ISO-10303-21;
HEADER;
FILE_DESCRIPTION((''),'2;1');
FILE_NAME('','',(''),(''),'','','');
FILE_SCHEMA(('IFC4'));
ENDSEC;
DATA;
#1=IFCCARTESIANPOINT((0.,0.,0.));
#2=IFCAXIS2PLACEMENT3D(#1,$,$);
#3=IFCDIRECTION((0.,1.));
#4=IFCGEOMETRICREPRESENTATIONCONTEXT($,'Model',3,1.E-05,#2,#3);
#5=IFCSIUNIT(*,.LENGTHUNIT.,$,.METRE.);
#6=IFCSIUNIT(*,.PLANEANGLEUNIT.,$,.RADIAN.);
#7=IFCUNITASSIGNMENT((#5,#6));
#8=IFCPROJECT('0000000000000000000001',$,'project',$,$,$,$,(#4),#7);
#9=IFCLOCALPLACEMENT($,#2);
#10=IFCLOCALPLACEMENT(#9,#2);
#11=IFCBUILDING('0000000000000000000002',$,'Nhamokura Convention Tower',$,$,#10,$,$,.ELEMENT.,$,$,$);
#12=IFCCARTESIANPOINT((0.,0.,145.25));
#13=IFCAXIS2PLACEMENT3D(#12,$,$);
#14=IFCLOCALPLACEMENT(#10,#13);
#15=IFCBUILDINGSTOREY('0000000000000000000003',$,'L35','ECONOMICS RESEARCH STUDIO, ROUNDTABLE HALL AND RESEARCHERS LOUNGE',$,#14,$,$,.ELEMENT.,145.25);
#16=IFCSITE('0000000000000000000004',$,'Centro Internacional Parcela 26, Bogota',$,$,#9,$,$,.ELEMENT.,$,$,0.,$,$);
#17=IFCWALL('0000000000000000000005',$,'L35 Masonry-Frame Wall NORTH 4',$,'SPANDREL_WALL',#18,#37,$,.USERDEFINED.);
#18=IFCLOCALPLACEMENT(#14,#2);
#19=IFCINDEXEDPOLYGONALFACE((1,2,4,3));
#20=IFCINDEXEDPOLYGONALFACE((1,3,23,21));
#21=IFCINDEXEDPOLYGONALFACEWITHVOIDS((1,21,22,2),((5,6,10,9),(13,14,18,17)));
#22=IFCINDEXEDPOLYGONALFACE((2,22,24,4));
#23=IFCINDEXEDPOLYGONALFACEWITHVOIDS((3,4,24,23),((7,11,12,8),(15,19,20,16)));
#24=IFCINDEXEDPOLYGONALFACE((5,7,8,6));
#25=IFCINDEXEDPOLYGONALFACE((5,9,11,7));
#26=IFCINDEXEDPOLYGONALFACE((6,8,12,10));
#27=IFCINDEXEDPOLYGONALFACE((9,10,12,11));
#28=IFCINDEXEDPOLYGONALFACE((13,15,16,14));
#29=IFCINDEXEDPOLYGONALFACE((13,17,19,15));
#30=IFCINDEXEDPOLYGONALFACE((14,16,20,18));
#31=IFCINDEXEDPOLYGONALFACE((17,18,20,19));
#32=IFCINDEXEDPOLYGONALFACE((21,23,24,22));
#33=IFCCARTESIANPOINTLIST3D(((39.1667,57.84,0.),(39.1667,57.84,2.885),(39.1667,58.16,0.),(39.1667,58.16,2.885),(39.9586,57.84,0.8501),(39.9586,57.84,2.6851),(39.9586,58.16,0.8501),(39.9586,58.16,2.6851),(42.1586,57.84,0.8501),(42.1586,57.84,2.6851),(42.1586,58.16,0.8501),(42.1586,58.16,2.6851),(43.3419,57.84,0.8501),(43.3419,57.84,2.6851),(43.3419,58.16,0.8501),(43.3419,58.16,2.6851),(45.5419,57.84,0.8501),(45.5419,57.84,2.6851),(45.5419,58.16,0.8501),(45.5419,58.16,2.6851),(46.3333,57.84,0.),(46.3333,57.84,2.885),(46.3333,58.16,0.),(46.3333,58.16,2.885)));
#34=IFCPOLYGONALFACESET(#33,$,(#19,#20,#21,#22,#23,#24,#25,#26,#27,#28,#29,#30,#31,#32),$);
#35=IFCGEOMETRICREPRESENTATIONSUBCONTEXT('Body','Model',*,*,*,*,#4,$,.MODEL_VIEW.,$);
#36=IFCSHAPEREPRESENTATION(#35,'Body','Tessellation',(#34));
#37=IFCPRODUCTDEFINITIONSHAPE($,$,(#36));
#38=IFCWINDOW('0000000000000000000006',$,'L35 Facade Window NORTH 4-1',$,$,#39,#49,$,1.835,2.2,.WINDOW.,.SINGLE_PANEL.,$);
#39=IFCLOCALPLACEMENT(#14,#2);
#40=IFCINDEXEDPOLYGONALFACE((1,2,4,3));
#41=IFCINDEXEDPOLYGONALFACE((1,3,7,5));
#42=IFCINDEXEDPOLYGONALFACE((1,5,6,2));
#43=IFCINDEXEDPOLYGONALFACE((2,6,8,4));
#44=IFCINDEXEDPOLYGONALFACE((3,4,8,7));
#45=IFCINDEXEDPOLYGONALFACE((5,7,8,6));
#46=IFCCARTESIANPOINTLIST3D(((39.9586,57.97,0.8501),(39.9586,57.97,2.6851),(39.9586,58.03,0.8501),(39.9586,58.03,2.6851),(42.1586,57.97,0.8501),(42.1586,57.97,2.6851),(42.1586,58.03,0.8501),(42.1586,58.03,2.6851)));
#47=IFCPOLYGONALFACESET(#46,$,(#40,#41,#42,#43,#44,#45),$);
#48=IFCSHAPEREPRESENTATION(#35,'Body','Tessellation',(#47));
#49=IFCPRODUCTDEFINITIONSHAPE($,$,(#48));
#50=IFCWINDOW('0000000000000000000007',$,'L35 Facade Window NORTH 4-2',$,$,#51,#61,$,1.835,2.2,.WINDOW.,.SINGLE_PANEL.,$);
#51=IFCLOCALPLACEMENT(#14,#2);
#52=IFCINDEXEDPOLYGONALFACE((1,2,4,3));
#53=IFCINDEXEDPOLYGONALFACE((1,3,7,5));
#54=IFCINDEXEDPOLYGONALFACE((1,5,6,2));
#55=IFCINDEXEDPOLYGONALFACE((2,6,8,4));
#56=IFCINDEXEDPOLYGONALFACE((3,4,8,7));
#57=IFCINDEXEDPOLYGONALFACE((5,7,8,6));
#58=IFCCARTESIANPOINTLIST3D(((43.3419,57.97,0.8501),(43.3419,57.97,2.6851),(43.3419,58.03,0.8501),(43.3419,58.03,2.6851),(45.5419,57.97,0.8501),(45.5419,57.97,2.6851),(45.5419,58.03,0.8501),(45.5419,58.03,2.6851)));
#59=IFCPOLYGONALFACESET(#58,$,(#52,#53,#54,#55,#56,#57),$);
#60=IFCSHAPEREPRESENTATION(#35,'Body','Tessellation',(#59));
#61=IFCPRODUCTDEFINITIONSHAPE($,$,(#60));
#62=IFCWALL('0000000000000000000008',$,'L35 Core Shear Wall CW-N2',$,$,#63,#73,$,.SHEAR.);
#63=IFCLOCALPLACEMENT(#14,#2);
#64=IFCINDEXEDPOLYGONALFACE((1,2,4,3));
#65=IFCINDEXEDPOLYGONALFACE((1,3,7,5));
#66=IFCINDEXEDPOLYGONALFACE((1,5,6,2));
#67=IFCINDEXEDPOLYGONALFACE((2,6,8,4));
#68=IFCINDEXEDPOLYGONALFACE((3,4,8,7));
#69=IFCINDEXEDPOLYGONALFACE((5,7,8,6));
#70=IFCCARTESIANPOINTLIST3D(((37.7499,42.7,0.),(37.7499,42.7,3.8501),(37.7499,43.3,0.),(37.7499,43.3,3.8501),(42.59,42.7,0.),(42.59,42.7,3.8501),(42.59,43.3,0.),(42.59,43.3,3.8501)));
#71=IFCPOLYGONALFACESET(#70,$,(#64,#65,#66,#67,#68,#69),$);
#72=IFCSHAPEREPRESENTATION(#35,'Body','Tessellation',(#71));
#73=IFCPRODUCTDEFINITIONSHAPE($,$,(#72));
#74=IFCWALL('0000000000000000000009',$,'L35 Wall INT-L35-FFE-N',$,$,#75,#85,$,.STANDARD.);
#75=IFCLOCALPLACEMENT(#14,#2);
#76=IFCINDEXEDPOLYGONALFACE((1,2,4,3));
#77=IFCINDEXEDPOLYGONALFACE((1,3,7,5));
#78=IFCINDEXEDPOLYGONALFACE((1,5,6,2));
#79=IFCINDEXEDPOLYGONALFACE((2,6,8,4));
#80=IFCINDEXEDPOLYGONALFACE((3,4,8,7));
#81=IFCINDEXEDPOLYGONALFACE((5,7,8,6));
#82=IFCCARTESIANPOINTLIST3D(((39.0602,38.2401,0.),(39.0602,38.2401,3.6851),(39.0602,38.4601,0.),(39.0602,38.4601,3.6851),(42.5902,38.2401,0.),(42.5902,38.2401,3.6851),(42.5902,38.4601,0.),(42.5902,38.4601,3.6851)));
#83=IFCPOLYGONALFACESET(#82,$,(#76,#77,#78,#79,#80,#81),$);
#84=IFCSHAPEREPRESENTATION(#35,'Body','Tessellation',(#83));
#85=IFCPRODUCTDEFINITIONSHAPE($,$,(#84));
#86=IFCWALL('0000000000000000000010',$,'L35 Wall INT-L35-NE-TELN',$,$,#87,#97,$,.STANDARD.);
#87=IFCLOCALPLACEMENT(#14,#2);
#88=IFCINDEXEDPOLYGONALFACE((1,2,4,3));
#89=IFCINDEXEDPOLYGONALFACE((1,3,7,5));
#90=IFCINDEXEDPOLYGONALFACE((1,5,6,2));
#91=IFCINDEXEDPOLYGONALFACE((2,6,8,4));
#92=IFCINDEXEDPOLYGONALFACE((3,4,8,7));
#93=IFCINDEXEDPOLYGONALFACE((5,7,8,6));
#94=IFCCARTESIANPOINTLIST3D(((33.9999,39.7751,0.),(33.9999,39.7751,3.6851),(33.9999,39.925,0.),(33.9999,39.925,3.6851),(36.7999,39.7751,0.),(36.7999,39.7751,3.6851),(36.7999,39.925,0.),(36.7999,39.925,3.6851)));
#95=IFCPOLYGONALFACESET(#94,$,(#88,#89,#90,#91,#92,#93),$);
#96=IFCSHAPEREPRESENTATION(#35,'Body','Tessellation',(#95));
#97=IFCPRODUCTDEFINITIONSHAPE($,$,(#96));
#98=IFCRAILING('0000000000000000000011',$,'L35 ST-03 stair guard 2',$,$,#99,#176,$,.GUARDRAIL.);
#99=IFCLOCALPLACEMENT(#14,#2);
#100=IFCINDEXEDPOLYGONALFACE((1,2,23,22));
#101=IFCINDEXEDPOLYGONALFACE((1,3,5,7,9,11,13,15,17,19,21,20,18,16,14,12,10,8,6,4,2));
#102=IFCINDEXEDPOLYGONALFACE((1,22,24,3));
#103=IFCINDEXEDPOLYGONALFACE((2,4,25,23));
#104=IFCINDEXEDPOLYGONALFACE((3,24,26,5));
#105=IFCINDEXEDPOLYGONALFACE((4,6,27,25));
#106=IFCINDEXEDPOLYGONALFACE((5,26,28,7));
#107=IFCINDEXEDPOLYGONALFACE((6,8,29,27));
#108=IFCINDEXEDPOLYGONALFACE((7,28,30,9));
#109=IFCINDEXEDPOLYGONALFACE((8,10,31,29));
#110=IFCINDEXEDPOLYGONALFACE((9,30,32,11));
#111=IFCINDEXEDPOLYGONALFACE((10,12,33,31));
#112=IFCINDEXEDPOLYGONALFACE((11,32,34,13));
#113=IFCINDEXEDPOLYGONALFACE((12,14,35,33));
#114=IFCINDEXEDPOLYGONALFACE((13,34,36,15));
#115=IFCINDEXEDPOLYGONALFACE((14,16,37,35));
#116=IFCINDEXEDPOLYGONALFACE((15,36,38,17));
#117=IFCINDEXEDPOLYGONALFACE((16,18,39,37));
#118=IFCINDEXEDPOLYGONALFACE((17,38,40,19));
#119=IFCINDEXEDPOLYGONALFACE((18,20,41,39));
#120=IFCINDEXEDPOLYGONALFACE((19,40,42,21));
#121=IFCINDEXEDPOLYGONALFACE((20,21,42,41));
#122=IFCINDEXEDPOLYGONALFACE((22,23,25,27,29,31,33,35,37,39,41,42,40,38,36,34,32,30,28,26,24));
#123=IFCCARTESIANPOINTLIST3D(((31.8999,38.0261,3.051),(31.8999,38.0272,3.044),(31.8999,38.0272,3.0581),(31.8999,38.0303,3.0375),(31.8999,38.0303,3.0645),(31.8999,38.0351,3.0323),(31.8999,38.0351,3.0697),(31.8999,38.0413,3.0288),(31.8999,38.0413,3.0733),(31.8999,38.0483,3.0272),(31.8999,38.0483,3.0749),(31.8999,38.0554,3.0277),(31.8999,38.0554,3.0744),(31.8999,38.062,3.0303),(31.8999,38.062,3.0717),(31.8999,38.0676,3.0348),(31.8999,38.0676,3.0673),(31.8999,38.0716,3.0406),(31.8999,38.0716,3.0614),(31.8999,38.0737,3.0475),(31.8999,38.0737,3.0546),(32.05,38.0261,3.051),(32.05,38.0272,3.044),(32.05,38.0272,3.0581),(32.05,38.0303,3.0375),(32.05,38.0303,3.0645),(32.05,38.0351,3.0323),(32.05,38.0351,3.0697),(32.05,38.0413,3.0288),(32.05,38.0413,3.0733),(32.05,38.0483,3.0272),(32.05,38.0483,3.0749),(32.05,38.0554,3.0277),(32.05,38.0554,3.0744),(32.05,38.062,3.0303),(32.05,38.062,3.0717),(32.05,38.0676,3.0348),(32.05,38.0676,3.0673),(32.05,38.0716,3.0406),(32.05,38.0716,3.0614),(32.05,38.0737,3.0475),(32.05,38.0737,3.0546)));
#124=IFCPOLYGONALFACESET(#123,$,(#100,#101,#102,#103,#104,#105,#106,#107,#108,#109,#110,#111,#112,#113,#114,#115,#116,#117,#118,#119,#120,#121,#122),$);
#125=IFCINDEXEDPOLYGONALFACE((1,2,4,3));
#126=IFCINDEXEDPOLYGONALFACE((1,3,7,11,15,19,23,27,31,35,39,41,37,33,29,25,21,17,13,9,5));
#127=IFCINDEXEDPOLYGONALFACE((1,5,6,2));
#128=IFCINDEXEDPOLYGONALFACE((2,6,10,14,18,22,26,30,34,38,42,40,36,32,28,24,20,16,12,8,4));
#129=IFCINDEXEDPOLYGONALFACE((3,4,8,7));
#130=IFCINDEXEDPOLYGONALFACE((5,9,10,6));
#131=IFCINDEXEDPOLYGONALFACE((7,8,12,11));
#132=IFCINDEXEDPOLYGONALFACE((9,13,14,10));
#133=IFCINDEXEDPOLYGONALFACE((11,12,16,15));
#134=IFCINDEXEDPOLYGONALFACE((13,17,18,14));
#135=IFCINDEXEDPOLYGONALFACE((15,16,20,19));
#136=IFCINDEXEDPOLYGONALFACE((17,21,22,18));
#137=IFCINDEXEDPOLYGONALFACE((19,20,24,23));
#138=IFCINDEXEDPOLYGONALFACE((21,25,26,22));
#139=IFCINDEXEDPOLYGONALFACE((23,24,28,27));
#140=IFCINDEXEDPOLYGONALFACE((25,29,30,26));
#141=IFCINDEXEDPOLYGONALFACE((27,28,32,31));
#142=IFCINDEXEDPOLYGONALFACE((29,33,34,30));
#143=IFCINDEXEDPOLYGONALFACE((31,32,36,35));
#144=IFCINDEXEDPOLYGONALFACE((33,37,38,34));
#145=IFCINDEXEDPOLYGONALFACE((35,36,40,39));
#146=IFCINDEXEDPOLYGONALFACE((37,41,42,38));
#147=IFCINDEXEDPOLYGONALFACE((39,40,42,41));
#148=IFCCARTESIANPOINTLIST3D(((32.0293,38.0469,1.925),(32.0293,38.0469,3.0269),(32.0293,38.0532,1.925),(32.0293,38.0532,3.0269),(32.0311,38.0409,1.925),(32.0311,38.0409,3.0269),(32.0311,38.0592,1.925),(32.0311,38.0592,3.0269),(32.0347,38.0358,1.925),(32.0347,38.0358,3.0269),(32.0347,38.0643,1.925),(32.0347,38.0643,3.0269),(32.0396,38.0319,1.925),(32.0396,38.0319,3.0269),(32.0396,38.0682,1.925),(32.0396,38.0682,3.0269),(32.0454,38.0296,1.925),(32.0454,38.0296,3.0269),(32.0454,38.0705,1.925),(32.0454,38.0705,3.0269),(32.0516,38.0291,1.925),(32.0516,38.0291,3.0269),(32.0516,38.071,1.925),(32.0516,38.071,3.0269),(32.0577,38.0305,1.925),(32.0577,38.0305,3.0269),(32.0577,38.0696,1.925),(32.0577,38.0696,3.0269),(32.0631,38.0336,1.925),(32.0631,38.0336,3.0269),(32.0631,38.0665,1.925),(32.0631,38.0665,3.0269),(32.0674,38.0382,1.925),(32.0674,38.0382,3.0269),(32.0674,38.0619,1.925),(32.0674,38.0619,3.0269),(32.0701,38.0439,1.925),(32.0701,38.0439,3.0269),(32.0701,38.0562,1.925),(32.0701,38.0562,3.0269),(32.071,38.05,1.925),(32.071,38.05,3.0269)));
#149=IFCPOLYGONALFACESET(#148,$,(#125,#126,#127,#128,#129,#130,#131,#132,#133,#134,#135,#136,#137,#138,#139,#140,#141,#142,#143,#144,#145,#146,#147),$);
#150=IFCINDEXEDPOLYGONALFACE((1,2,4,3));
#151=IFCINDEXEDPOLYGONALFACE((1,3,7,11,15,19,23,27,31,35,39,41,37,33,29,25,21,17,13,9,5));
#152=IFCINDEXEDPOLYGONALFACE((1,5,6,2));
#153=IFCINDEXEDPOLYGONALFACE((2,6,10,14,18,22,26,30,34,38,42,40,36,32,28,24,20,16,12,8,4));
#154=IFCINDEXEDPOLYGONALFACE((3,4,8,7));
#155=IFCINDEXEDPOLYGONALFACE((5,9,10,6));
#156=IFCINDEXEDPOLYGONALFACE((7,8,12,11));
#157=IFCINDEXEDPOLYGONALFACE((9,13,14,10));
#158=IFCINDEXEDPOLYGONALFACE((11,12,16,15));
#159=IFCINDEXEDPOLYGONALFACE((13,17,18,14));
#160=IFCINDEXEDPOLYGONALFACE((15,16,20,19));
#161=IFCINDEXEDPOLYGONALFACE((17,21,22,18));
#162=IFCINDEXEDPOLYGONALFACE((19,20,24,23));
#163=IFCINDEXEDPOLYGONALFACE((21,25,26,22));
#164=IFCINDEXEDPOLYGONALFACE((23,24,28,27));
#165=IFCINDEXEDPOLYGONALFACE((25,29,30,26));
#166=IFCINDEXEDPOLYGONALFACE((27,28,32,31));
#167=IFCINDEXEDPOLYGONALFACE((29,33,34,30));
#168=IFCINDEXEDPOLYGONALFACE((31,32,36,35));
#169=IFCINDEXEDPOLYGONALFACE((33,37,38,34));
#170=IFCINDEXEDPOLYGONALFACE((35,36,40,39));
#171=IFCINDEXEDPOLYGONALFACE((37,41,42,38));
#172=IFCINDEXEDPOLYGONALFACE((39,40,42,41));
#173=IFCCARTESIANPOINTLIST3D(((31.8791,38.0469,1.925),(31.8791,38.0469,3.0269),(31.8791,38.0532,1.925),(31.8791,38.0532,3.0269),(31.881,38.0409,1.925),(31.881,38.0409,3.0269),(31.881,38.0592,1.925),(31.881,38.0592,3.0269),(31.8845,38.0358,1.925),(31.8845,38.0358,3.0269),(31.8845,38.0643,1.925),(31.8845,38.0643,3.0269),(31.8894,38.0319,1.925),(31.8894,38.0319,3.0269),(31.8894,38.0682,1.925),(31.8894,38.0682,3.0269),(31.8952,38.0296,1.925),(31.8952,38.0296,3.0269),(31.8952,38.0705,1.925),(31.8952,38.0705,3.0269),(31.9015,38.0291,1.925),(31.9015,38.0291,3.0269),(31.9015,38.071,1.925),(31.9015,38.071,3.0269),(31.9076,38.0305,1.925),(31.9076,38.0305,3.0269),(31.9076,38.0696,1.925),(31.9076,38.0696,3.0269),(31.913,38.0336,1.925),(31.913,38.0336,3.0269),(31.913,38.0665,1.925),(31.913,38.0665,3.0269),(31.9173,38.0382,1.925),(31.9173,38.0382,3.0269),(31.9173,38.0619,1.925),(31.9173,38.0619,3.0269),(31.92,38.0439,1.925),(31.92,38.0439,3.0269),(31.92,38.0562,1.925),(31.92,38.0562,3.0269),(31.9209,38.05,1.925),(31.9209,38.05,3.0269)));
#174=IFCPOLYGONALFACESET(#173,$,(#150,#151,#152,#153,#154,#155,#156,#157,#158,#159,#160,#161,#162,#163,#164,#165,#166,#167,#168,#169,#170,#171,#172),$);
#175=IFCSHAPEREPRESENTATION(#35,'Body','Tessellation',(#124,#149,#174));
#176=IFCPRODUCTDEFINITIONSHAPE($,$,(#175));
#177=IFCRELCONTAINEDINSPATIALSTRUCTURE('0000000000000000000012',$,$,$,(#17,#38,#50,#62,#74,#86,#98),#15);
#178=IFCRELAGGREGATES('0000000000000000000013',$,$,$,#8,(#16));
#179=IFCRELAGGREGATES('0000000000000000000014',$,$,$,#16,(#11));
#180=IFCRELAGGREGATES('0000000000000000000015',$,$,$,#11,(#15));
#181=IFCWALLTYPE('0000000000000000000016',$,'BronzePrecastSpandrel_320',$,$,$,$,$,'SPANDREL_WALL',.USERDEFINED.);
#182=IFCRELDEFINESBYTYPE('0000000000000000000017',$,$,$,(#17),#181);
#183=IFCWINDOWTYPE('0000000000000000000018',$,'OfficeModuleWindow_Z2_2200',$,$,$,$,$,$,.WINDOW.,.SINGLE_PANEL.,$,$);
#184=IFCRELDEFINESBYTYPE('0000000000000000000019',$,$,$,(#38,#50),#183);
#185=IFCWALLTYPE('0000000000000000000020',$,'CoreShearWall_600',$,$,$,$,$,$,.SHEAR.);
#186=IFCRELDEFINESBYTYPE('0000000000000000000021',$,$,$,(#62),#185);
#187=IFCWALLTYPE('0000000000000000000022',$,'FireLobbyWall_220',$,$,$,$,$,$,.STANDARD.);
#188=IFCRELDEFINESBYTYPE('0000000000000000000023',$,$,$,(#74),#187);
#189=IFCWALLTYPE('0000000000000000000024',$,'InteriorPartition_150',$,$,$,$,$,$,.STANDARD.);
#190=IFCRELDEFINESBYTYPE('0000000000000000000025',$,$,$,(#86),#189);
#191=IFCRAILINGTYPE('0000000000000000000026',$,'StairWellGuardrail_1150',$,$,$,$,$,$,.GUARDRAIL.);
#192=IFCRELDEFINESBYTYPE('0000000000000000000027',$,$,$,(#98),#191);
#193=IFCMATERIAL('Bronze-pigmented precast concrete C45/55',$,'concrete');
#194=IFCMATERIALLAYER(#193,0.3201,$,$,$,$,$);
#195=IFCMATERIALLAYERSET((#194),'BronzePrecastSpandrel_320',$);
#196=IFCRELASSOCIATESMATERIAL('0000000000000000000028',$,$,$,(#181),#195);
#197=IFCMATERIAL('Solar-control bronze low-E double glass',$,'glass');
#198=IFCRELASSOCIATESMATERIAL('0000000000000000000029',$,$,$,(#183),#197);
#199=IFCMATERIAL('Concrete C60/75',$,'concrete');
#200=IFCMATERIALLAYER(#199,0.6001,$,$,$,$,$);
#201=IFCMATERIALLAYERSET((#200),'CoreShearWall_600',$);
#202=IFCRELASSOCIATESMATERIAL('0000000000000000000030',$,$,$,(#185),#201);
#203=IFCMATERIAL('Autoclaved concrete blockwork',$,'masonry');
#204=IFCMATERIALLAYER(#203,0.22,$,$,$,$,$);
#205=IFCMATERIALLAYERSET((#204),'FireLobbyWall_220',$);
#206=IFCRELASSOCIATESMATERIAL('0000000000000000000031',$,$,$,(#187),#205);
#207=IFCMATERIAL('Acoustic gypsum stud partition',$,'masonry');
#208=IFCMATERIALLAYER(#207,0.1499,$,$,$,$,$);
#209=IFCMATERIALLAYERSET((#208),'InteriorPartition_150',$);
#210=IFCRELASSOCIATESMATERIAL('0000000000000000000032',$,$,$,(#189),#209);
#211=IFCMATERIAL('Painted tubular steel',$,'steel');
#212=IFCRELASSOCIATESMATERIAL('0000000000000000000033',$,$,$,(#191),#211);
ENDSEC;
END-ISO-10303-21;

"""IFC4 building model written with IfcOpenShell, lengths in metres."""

from ifc_helpers import new_model, si_unit, direction, frame, frame_2d, origin, origin_2d, place, context, subcontext, project, spatial, rectangle, circle, extrude, material, layer, layer_set, type_object, element, fill, save


model = new_model("IFC4")

# Units and contexts
model_context = context("Model", 3, precision=1e-05, world=origin(), true_north=direction((0.0, 1.0)))
body_context = subcontext(model_context, "Body", "Model", "MODEL_VIEW")
ifc_project = project(units=[si_unit("LENGTHUNIT", "METRE"), si_unit("PLANEANGLEUNIT", "RADIAN")], contexts=[model_context])

# Site, building, storey
site_placement = place(None, origin())
site = spatial("IfcSite", under=ifc_project, at=site_placement, Name="Centro Internacional Parcela 26, Bogota", CompositionType="ELEMENT", RefElevation=0.0)
building_placement = place(site_placement, origin())
building = spatial("IfcBuilding", under=site, at=building_placement, Name="Nhamokura Convention Tower", CompositionType="ELEMENT")
storey_placement = place(building_placement, frame((0.0, 0.0, 145.25)))
storey = spatial("IfcBuildingStorey", under=building, at=storey_placement, Name="L35", Description="ECONOMICS RESEARCH STUDIO, ROUNDTABLE HALL AND RESEARCHERS LOUNGE", CompositionType="ELEMENT", Elevation=145.25)

# Shared definitions
ifc_material_1 = material(Name="Bronze-pigmented precast concrete C45/55", Category="concrete")
ifc_layer_1 = layer(ifc_material_1, 0.3201)
ifc_layer_set_1 = layer_set([ifc_layer_1], Name="BronzePrecastSpandrel_320")
wall_type_1 = type_object("IfcWallType", Name="BronzePrecastSpandrel_320", ElementType="SPANDREL_WALL", PredefinedType="USERDEFINED", material=ifc_layer_set_1)

# Wall, openings, windows
wall_1_placement = place(storey_placement, frame((39.1667, 58.0, 0.0), z_axis=(0.0, 0.0, 1.0), x_axis=(1.0, 0.0, 0.0)))
wall_1 = element("IfcWall", 1, at=wall_1_placement, inside=storey, type_object=wall_type_1, Name="L35 Masonry-Frame Wall NORTH 4", ObjectType="SPANDREL_WALL", PredefinedType="USERDEFINED", context=body_context, shape_type="SweptSolid", body=[
    extrude(rectangle(XDim=7.1665, YDim=0.3201, at=frame_2d((3.5833, 0.0))), origin(), (0.0, 0.0, 1.0), 2.885),
])
opening_1_placement = place(wall_1_placement, frame((0.7917, 0.0, 0.8501)))
opening_1 = element("IfcOpeningElement", 2, at=opening_1_placement, cuts=wall_1, PredefinedType="OPENING", context=body_context, shape_type="SweptSolid", body=[
    extrude(rectangle(XDim=2.2, YDim=1.835, at=frame_2d((1.1001, 0.9175))), frame((0.0, 0.1699, 0.0), z_axis=(0.0, -1.0, 0.0), x_axis=(1.0, 0.0, 0.0)), (0.0, 0.0, 1.0), 0.3401),
])
opening_2_placement = place(wall_1_placement, frame((4.175, 0.0, 0.8501)))
opening_2 = element("IfcOpeningElement", 3, at=opening_2_placement, cuts=wall_1, PredefinedType="OPENING", context=body_context, shape_type="SweptSolid", body=[
    extrude(rectangle(XDim=2.2, YDim=1.835, at=frame_2d((1.1001, 0.9175))), frame((0.0, 0.1699, 0.0), z_axis=(0.0, -1.0, 0.0), x_axis=(1.0, 0.0, 0.0)), (0.0, 0.0, 1.0), 0.3401),
])
ifc_material_2 = material(Name="Solar-control bronze low-E double glass", Category="glass")
window_type_1 = type_object("IfcWindowType", Name="OfficeModuleWindow_Z2_2200", PartitioningType="SINGLE_PANEL", PredefinedType="WINDOW", material=ifc_material_2)
window_1_placement = place(opening_1_placement, origin())
window_1 = element("IfcWindow", 4, at=window_1_placement, inside=storey, type_object=window_type_1, Name="L35 Facade Window NORTH 4-1", OverallHeight=1.835, OverallWidth=2.2, PartitioningType="SINGLE_PANEL", PredefinedType="WINDOW", context=body_context, shape_type="SweptSolid", body=[
    extrude(rectangle(XDim=2.2, YDim=1.835, at=frame_2d((1.1001, 0.9175))), frame((0.0, 0.03, 0.0), z_axis=(0.0, -1.0, 0.0), x_axis=(1.0, 0.0, 0.0)), (0.0, 0.0, 1.0), 0.0601),
])
fill(opening_1, window_1)
window_2_placement = place(opening_2_placement, origin())
window_2 = element("IfcWindow", 5, at=window_2_placement, inside=storey, type_object=window_type_1, Name="L35 Facade Window NORTH 4-2", OverallHeight=1.835, OverallWidth=2.2, PartitioningType="SINGLE_PANEL", PredefinedType="WINDOW", context=body_context, shape_type="SweptSolid", body=[
    extrude(rectangle(XDim=2.2, YDim=1.835, at=frame_2d((1.1001, 0.9175))), frame((0.0, 0.03, 0.0), z_axis=(0.0, -1.0, 0.0), x_axis=(1.0, 0.0, 0.0)), (0.0, 0.0, 1.0), 0.0601),
])
fill(opening_2, window_2)

# Walls
ifc_material_3 = material(Name="Concrete C60/75", Category="concrete")
ifc_layer_2 = layer(ifc_material_3, 0.6001)
ifc_layer_set_2 = layer_set([ifc_layer_2], Name="CoreShearWall_600")
wall_type_2 = type_object("IfcWallType", Name="CoreShearWall_600", PredefinedType="SHEAR", material=ifc_layer_set_2)
wall_2_placement = place(storey_placement, frame((37.75, 43.0, 0.0), z_axis=(0.0, 0.0, 1.0), x_axis=(1.0, 0.0, 0.0)))
element("IfcWall", 6, at=wall_2_placement, inside=storey, type_object=wall_type_2, Name="L35 Core Shear Wall CW-N2", PredefinedType="SHEAR", context=body_context, shape_type="SweptSolid", body=[
    extrude(rectangle(XDim=4.8401, YDim=0.6001, at=frame_2d((2.4199, 0.0))), origin(), (0.0, 0.0, 1.0), 3.8501),
])
ifc_material_4 = material(Name="Autoclaved concrete blockwork", Category="masonry")
ifc_layer_3 = layer(ifc_material_4, 0.22)
ifc_layer_set_3 = layer_set([ifc_layer_3], Name="FireLobbyWall_220")
wall_type_3 = type_object("IfcWallType", Name="FireLobbyWall_220", PredefinedType="STANDARD", material=ifc_layer_set_3)
wall_3_placement = place(storey_placement, frame((39.0601, 38.3501, 0.0), z_axis=(0.0, 0.0, 1.0), x_axis=(1.0, 0.0, 0.0)))
element("IfcWall", 7, at=wall_3_placement, inside=storey, type_object=wall_type_3, Name="L35 Wall INT-L35-FFE-N", PredefinedType="STANDARD", context=body_context, shape_type="SweptSolid", body=[
    extrude(rectangle(XDim=3.53, YDim=0.22, at=frame_2d((1.7651, 0.0))), origin(), (0.0, 0.0, 1.0), 3.6851),
])
ifc_material_5 = material(Name="Acoustic gypsum stud partition", Category="masonry")
ifc_layer_4 = layer(ifc_material_5, 0.1499)
ifc_layer_set_4 = layer_set([ifc_layer_4], Name="InteriorPartition_150")
wall_type_4 = type_object("IfcWallType", Name="InteriorPartition_150", PredefinedType="STANDARD", material=ifc_layer_set_4)
wall_4_placement = place(storey_placement, frame((34.0, 39.8501, 0.0), z_axis=(0.0, 0.0, 1.0), x_axis=(1.0, 0.0, 0.0)))
element("IfcWall", 8, at=wall_4_placement, inside=storey, type_object=wall_type_4, Name="L35 Wall INT-L35-NE-TELN", PredefinedType="STANDARD", context=body_context, shape_type="SweptSolid", body=[
    extrude(rectangle(XDim=2.8, YDim=0.1499, at=frame_2d((1.3999, 0.0))), origin(), (0.0, 0.0, 1.0), 3.6851),
])

# Railing
ifc_material_6 = material(Name="Painted tubular steel", Category="steel")
railing_type = type_object("IfcRailingType", Name="StairWellGuardrail_1150", PredefinedType="GUARDRAIL", material=ifc_material_6)
railing_1_placement = place(storey_placement, frame((32.05, 38.05, 1.925)))
element("IfcRailing", 9, at=railing_1_placement, inside=storey, type_object=railing_type, Name="L35 ST-03 stair guard 2", PredefinedType="GUARDRAIL", context=body_context, shape_type="SweptSolid", body=[
    extrude(circle(Radius=0.0239, at=origin_2d()), frame((0.0, 0.0, 1.126), z_axis=(-1.0, 0.0, 0.0), x_axis=(0.0, -1.0, 0.0)), (0.0, 0.0, 1.0), 0.1501),
    extrude(circle(Radius=0.021, at=origin_2d()), origin(), (0.0, 0.0, 1.0), 1.1018),
    extrude(circle(Radius=0.021, at=origin_2d()), frame((-0.1501, 0.0, 0.0)), (0.0, 0.0, 1.0), 1.1018),
])

save(model, "model.ifc")
